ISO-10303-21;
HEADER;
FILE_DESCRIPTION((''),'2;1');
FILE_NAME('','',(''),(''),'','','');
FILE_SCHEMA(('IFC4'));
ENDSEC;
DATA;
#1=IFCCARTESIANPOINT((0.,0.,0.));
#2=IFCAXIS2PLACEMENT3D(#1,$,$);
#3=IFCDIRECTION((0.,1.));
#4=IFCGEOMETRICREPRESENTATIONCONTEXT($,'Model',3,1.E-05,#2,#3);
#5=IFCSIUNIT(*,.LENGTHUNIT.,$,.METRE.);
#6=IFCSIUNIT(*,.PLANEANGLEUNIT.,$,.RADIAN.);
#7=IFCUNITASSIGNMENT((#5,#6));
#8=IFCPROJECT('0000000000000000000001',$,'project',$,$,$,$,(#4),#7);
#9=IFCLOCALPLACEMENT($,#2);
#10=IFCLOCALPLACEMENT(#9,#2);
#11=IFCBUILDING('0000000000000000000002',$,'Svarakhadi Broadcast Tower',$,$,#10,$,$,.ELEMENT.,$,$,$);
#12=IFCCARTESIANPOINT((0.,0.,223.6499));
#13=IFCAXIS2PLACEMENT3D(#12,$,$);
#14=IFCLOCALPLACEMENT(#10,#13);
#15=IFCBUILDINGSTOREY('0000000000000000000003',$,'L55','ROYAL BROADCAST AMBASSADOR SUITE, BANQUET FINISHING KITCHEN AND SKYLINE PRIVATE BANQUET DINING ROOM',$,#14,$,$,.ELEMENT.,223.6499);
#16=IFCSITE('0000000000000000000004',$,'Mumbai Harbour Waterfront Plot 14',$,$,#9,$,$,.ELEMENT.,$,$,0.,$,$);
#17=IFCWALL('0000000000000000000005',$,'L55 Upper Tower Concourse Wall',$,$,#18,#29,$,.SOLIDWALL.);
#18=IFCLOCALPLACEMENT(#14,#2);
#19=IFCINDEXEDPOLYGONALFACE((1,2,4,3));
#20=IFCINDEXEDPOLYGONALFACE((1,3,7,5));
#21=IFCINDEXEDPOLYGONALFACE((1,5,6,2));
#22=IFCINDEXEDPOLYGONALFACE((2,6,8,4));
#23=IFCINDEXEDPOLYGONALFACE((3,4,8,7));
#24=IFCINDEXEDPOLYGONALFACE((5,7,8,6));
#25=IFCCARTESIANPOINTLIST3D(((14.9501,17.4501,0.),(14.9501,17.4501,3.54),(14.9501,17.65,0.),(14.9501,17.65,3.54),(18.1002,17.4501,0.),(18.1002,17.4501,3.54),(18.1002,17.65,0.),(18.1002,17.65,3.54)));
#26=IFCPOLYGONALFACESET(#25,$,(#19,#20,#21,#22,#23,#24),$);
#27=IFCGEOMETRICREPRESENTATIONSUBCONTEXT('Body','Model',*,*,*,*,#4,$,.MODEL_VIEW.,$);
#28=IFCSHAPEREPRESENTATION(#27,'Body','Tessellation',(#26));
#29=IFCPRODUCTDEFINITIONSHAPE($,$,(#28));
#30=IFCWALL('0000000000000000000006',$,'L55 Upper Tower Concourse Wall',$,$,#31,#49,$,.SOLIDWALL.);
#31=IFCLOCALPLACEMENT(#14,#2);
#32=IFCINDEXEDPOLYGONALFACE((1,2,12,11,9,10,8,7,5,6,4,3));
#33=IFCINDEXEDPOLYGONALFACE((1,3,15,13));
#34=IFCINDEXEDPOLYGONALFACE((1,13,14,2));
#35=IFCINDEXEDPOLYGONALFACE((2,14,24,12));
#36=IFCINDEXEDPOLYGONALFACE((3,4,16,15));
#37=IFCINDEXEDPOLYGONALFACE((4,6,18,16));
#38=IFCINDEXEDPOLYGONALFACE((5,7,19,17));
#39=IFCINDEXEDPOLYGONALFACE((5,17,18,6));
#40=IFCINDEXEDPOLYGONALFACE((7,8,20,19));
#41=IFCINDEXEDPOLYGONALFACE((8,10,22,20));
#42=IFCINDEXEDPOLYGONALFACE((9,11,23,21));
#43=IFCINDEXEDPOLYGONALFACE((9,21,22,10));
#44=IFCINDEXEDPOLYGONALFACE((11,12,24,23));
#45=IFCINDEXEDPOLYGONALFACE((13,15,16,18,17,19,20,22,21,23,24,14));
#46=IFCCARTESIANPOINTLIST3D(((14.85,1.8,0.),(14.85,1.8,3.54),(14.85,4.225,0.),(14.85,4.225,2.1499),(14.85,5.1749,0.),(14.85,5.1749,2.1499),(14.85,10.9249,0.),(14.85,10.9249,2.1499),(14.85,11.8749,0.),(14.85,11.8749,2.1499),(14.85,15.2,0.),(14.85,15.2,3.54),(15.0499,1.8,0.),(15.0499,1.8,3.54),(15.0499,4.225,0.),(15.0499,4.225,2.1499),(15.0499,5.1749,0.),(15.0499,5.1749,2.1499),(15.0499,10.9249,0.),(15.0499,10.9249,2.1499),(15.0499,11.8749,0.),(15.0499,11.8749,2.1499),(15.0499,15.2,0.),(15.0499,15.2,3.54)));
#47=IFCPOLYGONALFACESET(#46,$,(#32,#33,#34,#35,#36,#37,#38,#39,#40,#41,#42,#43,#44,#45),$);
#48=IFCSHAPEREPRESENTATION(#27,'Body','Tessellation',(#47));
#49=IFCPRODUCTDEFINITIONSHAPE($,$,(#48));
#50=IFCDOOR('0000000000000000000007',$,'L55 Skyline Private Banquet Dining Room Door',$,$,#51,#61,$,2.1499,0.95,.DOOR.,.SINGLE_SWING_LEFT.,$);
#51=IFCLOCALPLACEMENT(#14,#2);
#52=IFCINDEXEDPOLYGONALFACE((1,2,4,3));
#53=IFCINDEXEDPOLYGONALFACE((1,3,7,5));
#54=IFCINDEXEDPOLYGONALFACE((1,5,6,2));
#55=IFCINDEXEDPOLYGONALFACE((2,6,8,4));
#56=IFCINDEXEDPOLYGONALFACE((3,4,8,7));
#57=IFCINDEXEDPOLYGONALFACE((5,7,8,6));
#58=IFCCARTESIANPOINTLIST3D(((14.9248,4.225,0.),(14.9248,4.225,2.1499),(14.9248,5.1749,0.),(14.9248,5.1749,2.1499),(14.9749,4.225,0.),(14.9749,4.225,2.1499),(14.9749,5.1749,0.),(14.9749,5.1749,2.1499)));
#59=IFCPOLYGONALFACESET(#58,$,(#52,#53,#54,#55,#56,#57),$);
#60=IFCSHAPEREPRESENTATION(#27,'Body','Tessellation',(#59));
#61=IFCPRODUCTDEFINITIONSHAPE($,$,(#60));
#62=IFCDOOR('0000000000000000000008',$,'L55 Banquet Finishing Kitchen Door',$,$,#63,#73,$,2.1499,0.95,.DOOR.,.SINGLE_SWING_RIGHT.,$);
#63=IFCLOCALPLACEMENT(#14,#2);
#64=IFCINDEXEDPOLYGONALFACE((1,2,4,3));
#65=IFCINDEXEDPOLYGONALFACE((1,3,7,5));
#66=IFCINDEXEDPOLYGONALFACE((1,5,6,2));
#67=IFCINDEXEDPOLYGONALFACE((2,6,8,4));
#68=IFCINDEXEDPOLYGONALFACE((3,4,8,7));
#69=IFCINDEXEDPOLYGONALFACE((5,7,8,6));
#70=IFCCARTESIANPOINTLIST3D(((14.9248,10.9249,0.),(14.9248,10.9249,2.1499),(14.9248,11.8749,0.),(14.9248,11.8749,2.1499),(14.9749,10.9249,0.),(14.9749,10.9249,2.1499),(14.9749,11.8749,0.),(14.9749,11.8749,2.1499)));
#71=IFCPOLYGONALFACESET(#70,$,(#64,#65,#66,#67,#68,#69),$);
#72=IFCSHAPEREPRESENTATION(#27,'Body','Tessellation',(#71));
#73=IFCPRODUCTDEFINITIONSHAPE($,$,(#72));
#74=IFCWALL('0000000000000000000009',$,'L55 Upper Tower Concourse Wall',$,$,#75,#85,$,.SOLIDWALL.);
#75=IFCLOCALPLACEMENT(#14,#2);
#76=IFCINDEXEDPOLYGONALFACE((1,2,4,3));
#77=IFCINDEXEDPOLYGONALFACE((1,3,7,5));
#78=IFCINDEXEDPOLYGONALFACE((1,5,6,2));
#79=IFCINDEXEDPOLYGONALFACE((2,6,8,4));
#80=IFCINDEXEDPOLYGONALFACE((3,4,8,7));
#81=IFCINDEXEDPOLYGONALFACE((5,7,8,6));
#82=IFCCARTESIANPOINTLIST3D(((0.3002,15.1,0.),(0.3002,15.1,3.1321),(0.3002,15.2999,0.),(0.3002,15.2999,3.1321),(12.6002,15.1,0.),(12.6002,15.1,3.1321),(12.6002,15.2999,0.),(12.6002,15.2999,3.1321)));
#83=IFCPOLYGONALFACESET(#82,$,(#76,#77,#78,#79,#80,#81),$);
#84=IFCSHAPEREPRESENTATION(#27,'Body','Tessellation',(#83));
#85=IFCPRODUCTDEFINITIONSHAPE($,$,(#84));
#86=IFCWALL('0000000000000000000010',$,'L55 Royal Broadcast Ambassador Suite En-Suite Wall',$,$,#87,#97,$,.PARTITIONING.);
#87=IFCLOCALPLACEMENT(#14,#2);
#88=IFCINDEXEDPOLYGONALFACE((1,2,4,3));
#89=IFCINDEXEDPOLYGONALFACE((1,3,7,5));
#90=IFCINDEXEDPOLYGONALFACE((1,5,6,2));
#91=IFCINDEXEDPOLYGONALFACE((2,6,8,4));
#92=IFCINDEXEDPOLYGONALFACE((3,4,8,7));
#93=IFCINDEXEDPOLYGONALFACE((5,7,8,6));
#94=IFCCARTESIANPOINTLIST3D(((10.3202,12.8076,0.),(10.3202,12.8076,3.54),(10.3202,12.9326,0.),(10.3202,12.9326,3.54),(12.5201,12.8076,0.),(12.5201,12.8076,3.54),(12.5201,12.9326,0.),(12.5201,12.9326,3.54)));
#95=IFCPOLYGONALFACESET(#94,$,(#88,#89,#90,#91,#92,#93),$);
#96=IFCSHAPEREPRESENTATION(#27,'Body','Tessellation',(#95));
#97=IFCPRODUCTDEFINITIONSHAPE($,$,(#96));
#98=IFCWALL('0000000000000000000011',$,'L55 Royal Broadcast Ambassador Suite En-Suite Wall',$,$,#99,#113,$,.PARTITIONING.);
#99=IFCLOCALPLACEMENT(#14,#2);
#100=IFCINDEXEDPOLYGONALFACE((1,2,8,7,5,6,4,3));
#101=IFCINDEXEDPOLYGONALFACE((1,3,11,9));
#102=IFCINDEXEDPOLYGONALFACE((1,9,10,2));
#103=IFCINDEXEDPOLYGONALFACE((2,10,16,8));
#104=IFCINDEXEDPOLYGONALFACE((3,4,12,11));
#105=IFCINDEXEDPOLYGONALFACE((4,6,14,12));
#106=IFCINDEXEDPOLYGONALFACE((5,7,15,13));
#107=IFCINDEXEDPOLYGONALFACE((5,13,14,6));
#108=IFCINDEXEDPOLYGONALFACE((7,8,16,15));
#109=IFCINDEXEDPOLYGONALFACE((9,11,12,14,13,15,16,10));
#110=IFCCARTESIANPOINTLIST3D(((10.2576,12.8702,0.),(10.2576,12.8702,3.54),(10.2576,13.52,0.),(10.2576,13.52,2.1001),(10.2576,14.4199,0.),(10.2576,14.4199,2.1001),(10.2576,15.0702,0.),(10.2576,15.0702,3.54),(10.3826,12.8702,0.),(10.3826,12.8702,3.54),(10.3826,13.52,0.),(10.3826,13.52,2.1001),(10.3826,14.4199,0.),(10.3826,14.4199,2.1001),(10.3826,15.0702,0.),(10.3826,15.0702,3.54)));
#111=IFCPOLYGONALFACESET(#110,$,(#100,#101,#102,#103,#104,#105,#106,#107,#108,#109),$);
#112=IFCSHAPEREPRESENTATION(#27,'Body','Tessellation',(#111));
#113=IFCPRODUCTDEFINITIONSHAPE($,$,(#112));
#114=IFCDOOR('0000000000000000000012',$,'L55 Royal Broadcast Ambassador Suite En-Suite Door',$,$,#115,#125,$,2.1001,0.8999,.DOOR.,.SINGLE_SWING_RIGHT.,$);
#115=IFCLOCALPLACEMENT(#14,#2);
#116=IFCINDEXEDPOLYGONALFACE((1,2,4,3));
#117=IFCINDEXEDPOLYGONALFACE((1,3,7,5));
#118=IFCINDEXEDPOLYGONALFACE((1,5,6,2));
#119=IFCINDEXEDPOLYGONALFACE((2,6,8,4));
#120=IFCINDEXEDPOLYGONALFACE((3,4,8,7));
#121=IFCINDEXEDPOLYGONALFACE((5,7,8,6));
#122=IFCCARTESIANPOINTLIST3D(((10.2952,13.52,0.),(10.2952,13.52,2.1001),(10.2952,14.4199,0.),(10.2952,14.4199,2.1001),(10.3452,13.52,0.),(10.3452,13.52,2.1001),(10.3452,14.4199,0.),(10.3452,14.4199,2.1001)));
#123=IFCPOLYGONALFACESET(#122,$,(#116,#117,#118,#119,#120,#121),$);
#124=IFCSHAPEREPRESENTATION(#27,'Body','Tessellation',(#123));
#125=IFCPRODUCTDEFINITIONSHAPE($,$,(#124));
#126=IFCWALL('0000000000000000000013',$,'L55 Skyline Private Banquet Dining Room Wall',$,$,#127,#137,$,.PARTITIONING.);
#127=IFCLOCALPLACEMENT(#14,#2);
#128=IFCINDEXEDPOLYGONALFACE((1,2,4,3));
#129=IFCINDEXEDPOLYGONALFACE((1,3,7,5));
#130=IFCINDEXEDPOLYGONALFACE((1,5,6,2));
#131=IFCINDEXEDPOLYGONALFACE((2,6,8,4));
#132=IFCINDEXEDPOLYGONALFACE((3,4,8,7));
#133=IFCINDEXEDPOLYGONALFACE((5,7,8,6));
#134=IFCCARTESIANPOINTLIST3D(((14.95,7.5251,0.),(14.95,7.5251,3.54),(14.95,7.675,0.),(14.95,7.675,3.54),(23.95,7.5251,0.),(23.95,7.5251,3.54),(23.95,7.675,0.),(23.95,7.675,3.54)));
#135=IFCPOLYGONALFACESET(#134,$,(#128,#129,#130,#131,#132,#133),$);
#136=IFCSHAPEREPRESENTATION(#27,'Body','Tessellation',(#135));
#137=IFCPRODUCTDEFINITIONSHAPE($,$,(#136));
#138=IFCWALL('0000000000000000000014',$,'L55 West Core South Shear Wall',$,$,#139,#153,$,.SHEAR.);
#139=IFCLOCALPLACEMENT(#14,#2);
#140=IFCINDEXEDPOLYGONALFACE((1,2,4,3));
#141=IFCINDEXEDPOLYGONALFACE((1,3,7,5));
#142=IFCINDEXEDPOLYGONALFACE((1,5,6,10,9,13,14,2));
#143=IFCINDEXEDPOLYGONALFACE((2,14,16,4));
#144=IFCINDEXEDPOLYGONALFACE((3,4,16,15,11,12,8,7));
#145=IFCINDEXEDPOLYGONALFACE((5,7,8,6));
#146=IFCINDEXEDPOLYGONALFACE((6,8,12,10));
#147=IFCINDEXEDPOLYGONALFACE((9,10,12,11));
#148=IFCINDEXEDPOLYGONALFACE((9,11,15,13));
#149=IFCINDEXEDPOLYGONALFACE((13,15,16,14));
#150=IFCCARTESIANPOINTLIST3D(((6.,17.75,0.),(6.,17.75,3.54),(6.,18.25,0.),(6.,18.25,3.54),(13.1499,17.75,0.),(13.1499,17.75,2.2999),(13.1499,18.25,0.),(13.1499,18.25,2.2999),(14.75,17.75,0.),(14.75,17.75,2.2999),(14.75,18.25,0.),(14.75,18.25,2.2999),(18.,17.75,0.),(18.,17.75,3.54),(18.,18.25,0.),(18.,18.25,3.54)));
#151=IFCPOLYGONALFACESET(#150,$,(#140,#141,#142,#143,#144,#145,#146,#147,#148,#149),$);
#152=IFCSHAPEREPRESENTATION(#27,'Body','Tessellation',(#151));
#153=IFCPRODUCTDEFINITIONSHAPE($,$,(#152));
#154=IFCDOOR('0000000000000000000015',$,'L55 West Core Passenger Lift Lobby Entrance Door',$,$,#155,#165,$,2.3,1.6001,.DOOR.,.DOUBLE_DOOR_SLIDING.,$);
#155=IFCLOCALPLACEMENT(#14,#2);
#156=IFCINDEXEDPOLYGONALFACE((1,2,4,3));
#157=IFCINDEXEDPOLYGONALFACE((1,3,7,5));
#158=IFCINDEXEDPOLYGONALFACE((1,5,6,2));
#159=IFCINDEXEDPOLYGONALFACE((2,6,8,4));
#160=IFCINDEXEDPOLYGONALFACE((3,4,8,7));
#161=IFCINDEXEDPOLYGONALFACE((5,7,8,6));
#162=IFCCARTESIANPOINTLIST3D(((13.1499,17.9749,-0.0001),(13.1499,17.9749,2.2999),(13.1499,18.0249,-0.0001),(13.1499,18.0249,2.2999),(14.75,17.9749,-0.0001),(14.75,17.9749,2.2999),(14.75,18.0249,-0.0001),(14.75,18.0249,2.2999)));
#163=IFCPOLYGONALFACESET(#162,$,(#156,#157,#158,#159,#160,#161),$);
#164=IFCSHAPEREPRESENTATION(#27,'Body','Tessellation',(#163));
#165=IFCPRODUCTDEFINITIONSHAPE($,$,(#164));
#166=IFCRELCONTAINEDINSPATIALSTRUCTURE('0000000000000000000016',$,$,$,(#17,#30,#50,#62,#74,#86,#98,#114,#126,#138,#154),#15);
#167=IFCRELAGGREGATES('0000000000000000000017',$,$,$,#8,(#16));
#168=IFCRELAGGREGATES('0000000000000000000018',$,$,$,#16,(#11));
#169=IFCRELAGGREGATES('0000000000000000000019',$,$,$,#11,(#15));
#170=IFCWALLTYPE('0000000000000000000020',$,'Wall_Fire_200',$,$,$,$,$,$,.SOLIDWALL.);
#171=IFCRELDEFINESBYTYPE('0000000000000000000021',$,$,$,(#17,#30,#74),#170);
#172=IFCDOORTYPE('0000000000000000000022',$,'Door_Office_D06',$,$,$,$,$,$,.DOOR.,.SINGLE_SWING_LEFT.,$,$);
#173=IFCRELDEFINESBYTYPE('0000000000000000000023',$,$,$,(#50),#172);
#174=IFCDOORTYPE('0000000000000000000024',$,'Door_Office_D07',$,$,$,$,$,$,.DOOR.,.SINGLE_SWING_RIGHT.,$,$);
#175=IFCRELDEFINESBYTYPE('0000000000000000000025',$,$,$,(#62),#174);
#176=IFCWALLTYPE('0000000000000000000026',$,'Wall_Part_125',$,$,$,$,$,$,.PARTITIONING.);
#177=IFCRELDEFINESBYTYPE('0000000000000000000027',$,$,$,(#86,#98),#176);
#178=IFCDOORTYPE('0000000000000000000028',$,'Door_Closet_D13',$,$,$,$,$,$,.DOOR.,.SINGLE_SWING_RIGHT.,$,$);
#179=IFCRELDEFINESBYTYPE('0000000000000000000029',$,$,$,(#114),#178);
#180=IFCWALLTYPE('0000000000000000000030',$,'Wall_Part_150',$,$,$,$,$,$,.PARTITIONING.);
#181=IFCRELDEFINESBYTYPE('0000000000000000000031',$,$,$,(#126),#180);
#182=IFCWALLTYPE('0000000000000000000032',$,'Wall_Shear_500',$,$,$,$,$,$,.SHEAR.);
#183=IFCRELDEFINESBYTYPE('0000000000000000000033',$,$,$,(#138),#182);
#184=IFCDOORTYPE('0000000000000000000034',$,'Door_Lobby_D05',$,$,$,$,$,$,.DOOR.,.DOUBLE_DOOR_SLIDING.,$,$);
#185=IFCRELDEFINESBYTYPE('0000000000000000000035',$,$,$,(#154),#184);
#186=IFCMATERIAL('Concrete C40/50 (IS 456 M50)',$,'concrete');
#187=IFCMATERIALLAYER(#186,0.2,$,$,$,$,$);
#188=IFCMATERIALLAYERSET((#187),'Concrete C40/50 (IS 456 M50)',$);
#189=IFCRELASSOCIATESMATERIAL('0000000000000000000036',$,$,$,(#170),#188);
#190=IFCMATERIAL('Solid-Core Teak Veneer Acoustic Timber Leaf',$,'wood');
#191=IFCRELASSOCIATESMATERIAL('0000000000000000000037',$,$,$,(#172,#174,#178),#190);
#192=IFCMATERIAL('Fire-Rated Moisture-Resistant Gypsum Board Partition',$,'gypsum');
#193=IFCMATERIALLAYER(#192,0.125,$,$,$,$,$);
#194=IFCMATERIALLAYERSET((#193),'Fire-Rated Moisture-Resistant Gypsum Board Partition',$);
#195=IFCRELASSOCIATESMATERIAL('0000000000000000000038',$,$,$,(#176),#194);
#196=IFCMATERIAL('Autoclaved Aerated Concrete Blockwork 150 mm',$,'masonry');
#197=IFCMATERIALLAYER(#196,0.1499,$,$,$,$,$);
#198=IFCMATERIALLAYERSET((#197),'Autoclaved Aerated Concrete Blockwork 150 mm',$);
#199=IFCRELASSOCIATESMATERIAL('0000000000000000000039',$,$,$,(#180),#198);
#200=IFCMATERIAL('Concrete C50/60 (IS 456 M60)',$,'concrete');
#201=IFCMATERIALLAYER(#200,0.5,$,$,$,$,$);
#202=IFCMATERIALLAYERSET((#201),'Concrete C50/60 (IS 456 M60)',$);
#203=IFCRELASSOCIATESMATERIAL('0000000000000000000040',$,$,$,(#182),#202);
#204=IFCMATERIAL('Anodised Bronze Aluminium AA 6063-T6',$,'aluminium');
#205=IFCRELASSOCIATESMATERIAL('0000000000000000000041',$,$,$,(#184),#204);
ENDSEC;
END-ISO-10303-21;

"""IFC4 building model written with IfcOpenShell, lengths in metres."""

from ifc_helpers import new_model, si_unit, direction, frame, frame_2d, origin, place, context, subcontext, project, spatial, rectangle, extrude, material, layer, layer_set, type_object, element, fill, save


model = new_model("IFC4")

# Units and contexts
model_context = context("Model", 3, precision=1e-05, world=origin(), true_north=direction((0.0, 1.0)))
body_context = subcontext(model_context, "Body", "Model", "MODEL_VIEW")
ifc_project = project(units=[si_unit("LENGTHUNIT", "METRE"), si_unit("PLANEANGLEUNIT", "RADIAN")], contexts=[model_context])

# Site, building, storey
site_placement = place(None, origin())
site = spatial("IfcSite", under=ifc_project, at=site_placement, Name="Mumbai Harbour Waterfront Plot 14", CompositionType="ELEMENT", RefElevation=0.0)
building_placement = place(site_placement, origin())
building = spatial("IfcBuilding", under=site, at=building_placement, Name="Svarakhadi Broadcast Tower", CompositionType="ELEMENT")
storey_placement = place(building_placement, frame((0.0, 0.0, 223.6499)))
storey = spatial("IfcBuildingStorey", under=building, at=storey_placement, Name="L55", Description="ROYAL BROADCAST AMBASSADOR SUITE, BANQUET FINISHING KITCHEN AND SKYLINE PRIVATE BANQUET DINING ROOM", CompositionType="ELEMENT", Elevation=223.6499)

# Shared definitions
ifc_material_1 = material(Name="Concrete C50/60 (IS 456 M60)", Category="concrete")

# Wall
ifc_material_2 = material(Name="Concrete C40/50 (IS 456 M50)", Category="concrete")
ifc_layer_1 = layer(ifc_material_2, 0.2)
ifc_layer_set_1 = layer_set([ifc_layer_1], Name="Concrete C40/50 (IS 456 M50)")
wall_type_1 = type_object("IfcWallType", Name="Wall_Fire_200", PredefinedType="SOLIDWALL", material=ifc_layer_set_1)
wall_1_placement = place(storey_placement, frame((14.95, 17.55, 0.0), z_axis=(0.0, 0.0, 1.0), x_axis=(1.0, 0.0, 0.0)))
element("IfcWall", 1, at=wall_1_placement, inside=storey, type_object=wall_type_1, Name="L55 Upper Tower Concourse Wall", PredefinedType="SOLIDWALL", context=body_context, shape_type="SweptSolid", body=[
    extrude(rectangle(XDim=3.1501, YDim=0.2, at=frame_2d((1.5752, 0.0))), origin(), (0.0, 0.0, 1.0), 3.54),
])

# Wall, openings, doors
wall_2_placement = place(storey_placement, frame((14.95, 15.2, 0.0), z_axis=(0.0, 0.0, 1.0), x_axis=(0.0, -1.0, 0.0)))
wall_2 = element("IfcWall", 2, at=wall_2_placement, inside=storey, type_object=wall_type_1, Name="L55 Upper Tower Concourse Wall", PredefinedType="SOLIDWALL", context=body_context, shape_type="SweptSolid", body=[
    extrude(rectangle(XDim=13.3999, YDim=0.2, at=frame_2d((6.7, 0.0))), origin(), (0.0, 0.0, 1.0), 3.54),
])
opening_1_placement = place(wall_2_placement, frame((10.0249, 0.0, 0.0)))
opening_1 = element("IfcOpeningElement", 3, at=opening_1_placement, cuts=wall_2, PredefinedType="OPENING", context=body_context, shape_type="SweptSolid", body=[
    extrude(rectangle(XDim=0.95, YDim=2.1499, at=frame_2d((0.4751, 1.075))), frame((0.0, 0.1099, 0.0), z_axis=(0.0, -1.0, 0.0), x_axis=(1.0, 0.0, 0.0)), (0.0, 0.0, 1.0), 0.22),
])
opening_2_placement = place(wall_2_placement, frame((3.325, 0.0, 0.0)))
opening_2 = element("IfcOpeningElement", 4, at=opening_2_placement, cuts=wall_2, PredefinedType="OPENING", context=body_context, shape_type="SweptSolid", body=[
    extrude(rectangle(XDim=0.95, YDim=2.1499, at=frame_2d((0.4751, 1.075))), frame((0.0, 0.1099, 0.0), z_axis=(0.0, -1.0, 0.0), x_axis=(1.0, 0.0, 0.0)), (0.0, 0.0, 1.0), 0.22),
])
ifc_material_3 = material(Name="Solid-Core Teak Veneer Acoustic Timber Leaf", Category="wood")
door_type_1 = type_object("IfcDoorType", Name="Door_Office_D06", OperationType="SINGLE_SWING_LEFT", PredefinedType="DOOR", material=ifc_material_3)
door_1_placement = place(opening_1_placement, origin())
door_1 = element("IfcDoor", 5, at=door_1_placement, inside=storey, type_object=door_type_1, Name="L55 Skyline Private Banquet Dining Room Door", OperationType="SINGLE_SWING_LEFT", OverallHeight=2.1499, OverallWidth=0.95, PredefinedType="DOOR", context=body_context, shape_type="SweptSolid", body=[
    extrude(rectangle(XDim=0.95, YDim=2.1499, at=frame_2d((0.4751, 1.075))), frame((0.0, 0.0249, 0.0), z_axis=(0.0, -1.0, 0.0), x_axis=(1.0, 0.0, 0.0)), (0.0, 0.0, 1.0), 0.05),
])
fill(opening_1, door_1)
door_type_2 = type_object("IfcDoorType", Name="Door_Office_D07", OperationType="SINGLE_SWING_RIGHT", PredefinedType="DOOR", material=ifc_material_3)
door_2_placement = place(opening_2_placement, origin())
door_2 = element("IfcDoor", 6, at=door_2_placement, inside=storey, type_object=door_type_2, Name="L55 Banquet Finishing Kitchen Door", OperationType="SINGLE_SWING_RIGHT", OverallHeight=2.1499, OverallWidth=0.95, PredefinedType="DOOR", context=body_context, shape_type="SweptSolid", body=[
    extrude(rectangle(XDim=0.95, YDim=2.1499, at=frame_2d((0.4751, 1.075))), frame((0.0, 0.0249, 0.0), z_axis=(0.0, -1.0, 0.0), x_axis=(1.0, 0.0, 0.0)), (0.0, 0.0, 1.0), 0.05),
])
fill(opening_2, door_2)

# Walls
wall_3_placement = place(storey_placement, frame((12.6001, 15.2, 0.0), z_axis=(0.0, 0.0, 1.0), x_axis=(-1.0, 0.0, 0.0)))
element("IfcWall", 7, at=wall_3_placement, inside=storey, type_object=wall_type_1, Name="L55 Upper Tower Concourse Wall", PredefinedType="SOLIDWALL", context=body_context, shape_type="SweptSolid", body=[
    extrude(rectangle(XDim=12.3, YDim=0.2, at=frame_2d((6.1499, 0.0))), origin(), (0.0, 0.0, 1.0), 3.1321),
])
ifc_material_4 = material(Name="Fire-Rated Moisture-Resistant Gypsum Board Partition", Category="gypsum")
ifc_layer_2 = layer(ifc_material_4, 0.125)
ifc_layer_set_2 = layer_set([ifc_layer_2], Name="Fire-Rated Moisture-Resistant Gypsum Board Partition")
wall_type_2 = type_object("IfcWallType", Name="Wall_Part_125", PredefinedType="PARTITIONING", material=ifc_layer_set_2)
wall_4_placement = place(storey_placement, frame((10.3201, 12.8701, 0.0), z_axis=(0.0, 0.0, 1.0), x_axis=(1.0, 0.0, 0.0)))
element("IfcWall", 8, at=wall_4_placement, inside=storey, type_object=wall_type_2, Name="L55 Royal Broadcast Ambassador Suite En-Suite Wall", PredefinedType="PARTITIONING", context=body_context, shape_type="SweptSolid", body=[
    extrude(rectangle(XDim=2.2, YDim=0.125, at=frame_2d((1.1001, 0.0))), origin(), (0.0, 0.0, 1.0), 3.54),
])

# Wall, opening, door
wall_5_placement = place(storey_placement, frame((10.3201, 12.8701, 0.0), z_axis=(0.0, 0.0, 1.0), x_axis=(0.0, 1.0, 0.0)))
wall_5 = element("IfcWall", 9, at=wall_5_placement, inside=storey, type_object=wall_type_2, Name="L55 Royal Broadcast Ambassador Suite En-Suite Wall", PredefinedType="PARTITIONING", context=body_context, shape_type="SweptSolid", body=[
    extrude(rectangle(XDim=2.2, YDim=0.125, at=frame_2d((1.1001, 0.0))), origin(), (0.0, 0.0, 1.0), 3.54),
])
opening_3_placement = place(wall_5_placement, frame((0.6499, 0.0, 0.0)))
opening_3 = element("IfcOpeningElement", 10, at=opening_3_placement, cuts=wall_5, PredefinedType="OPENING", context=body_context, shape_type="SweptSolid", body=[
    extrude(rectangle(XDim=0.8999, YDim=2.1001, at=frame_2d((0.45, 1.05))), frame((0.0, 0.0725, 0.0), z_axis=(0.0, -1.0, 0.0), x_axis=(1.0, 0.0, 0.0)), (0.0, 0.0, 1.0), 0.145),
])
door_type_3 = type_object("IfcDoorType", Name="Door_Closet_D13", OperationType="SINGLE_SWING_RIGHT", PredefinedType="DOOR", material=ifc_material_3)
door_3_placement = place(opening_3_placement, origin())
door_3 = element("IfcDoor", 11, at=door_3_placement, inside=storey, type_object=door_type_3, Name="L55 Royal Broadcast Ambassador Suite En-Suite Door", OperationType="SINGLE_SWING_RIGHT", OverallHeight=2.1001, OverallWidth=0.8999, PredefinedType="DOOR", context=body_context, shape_type="SweptSolid", body=[
    extrude(rectangle(XDim=0.8999, YDim=2.1001, at=frame_2d((0.45, 1.05))), frame((0.0, 0.0249, 0.0), z_axis=(0.0, -1.0, 0.0), x_axis=(1.0, 0.0, 0.0)), (0.0, 0.0, 1.0), 0.05),
])
fill(opening_3, door_3)

# Wall
ifc_material_5 = material(Name="Autoclaved Aerated Concrete Blockwork 150 mm", Category="masonry")
ifc_layer_3 = layer(ifc_material_5, 0.1499)
ifc_layer_set_3 = layer_set([ifc_layer_3], Name="Autoclaved Aerated Concrete Blockwork 150 mm")
wall_type_3 = type_object("IfcWallType", Name="Wall_Part_150", PredefinedType="PARTITIONING", material=ifc_layer_set_3)
wall_6_placement = place(storey_placement, frame((14.95, 7.6001, 0.0), z_axis=(0.0, 0.0, 1.0), x_axis=(1.0, 0.0, 0.0)))
element("IfcWall", 12, at=wall_6_placement, inside=storey, type_object=wall_type_3, Name="L55 Skyline Private Banquet Dining Room Wall", PredefinedType="PARTITIONING", context=body_context, shape_type="SweptSolid", body=[
    extrude(rectangle(XDim=9.0, YDim=0.1499, at=frame_2d((4.5, 0.0))), origin(), (0.0, 0.0, 1.0), 3.54),
])

# Wall, opening, door
ifc_layer_4 = layer(ifc_material_1, 0.5)
ifc_layer_set_4 = layer_set([ifc_layer_4], Name="Concrete C50/60 (IS 456 M60)")
wall_type_4 = type_object("IfcWallType", Name="Wall_Shear_500", PredefinedType="SHEAR", material=ifc_layer_set_4)
wall_7_placement = place(storey_placement, frame((6.0, 18.0, 0.0), z_axis=(0.0, 0.0, 1.0), x_axis=(1.0, 0.0, 0.0)))
wall_7 = element("IfcWall", 13, at=wall_7_placement, inside=storey, type_object=wall_type_4, Name="L55 West Core South Shear Wall", PredefinedType="SHEAR", context=body_context, shape_type="SweptSolid", body=[
    extrude(rectangle(XDim=12.0, YDim=0.5, at=frame_2d((6.0, 0.0))), origin(), (0.0, 0.0, 1.0), 3.54),
])
opening_4_placement = place(wall_7_placement, frame((7.1499, 0.0, 0.0)))
opening_4 = element("IfcOpeningElement", 14, at=opening_4_placement, cuts=wall_7, PredefinedType="OPENING", context=body_context, shape_type="SweptSolid", body=[
    extrude(rectangle(XDim=1.6001, YDim=2.3, at=frame_2d((0.8, 1.1499))), frame((0.0, 0.26, 0.0), z_axis=(0.0, -1.0, 0.0), x_axis=(1.0, 0.0, 0.0)), (0.0, 0.0, 1.0), 0.52),
])
ifc_material_6 = material(Name="Anodised Bronze Aluminium AA 6063-T6", Category="aluminium")
door_type_4 = type_object("IfcDoorType", Name="Door_Lobby_D05", OperationType="DOUBLE_DOOR_SLIDING", PredefinedType="DOOR", material=ifc_material_6)
door_4_placement = place(opening_4_placement, origin())
door_4 = element("IfcDoor", 15, at=door_4_placement, inside=storey, type_object=door_type_4, Name="L55 West Core Passenger Lift Lobby Entrance Door", OperationType="DOUBLE_DOOR_SLIDING", OverallHeight=2.3, OverallWidth=1.6001, PredefinedType="DOOR", context=body_context, shape_type="SweptSolid", body=[
    extrude(rectangle(XDim=1.6001, YDim=2.3, at=frame_2d((0.8, 1.1499))), frame((0.0, 0.0249, 0.0), z_axis=(0.0, -1.0, 0.0), x_axis=(1.0, 0.0, 0.0)), (0.0, 0.0, 1.0), 0.05),
])
fill(opening_4, door_4)

save(model, "model.ifc")
